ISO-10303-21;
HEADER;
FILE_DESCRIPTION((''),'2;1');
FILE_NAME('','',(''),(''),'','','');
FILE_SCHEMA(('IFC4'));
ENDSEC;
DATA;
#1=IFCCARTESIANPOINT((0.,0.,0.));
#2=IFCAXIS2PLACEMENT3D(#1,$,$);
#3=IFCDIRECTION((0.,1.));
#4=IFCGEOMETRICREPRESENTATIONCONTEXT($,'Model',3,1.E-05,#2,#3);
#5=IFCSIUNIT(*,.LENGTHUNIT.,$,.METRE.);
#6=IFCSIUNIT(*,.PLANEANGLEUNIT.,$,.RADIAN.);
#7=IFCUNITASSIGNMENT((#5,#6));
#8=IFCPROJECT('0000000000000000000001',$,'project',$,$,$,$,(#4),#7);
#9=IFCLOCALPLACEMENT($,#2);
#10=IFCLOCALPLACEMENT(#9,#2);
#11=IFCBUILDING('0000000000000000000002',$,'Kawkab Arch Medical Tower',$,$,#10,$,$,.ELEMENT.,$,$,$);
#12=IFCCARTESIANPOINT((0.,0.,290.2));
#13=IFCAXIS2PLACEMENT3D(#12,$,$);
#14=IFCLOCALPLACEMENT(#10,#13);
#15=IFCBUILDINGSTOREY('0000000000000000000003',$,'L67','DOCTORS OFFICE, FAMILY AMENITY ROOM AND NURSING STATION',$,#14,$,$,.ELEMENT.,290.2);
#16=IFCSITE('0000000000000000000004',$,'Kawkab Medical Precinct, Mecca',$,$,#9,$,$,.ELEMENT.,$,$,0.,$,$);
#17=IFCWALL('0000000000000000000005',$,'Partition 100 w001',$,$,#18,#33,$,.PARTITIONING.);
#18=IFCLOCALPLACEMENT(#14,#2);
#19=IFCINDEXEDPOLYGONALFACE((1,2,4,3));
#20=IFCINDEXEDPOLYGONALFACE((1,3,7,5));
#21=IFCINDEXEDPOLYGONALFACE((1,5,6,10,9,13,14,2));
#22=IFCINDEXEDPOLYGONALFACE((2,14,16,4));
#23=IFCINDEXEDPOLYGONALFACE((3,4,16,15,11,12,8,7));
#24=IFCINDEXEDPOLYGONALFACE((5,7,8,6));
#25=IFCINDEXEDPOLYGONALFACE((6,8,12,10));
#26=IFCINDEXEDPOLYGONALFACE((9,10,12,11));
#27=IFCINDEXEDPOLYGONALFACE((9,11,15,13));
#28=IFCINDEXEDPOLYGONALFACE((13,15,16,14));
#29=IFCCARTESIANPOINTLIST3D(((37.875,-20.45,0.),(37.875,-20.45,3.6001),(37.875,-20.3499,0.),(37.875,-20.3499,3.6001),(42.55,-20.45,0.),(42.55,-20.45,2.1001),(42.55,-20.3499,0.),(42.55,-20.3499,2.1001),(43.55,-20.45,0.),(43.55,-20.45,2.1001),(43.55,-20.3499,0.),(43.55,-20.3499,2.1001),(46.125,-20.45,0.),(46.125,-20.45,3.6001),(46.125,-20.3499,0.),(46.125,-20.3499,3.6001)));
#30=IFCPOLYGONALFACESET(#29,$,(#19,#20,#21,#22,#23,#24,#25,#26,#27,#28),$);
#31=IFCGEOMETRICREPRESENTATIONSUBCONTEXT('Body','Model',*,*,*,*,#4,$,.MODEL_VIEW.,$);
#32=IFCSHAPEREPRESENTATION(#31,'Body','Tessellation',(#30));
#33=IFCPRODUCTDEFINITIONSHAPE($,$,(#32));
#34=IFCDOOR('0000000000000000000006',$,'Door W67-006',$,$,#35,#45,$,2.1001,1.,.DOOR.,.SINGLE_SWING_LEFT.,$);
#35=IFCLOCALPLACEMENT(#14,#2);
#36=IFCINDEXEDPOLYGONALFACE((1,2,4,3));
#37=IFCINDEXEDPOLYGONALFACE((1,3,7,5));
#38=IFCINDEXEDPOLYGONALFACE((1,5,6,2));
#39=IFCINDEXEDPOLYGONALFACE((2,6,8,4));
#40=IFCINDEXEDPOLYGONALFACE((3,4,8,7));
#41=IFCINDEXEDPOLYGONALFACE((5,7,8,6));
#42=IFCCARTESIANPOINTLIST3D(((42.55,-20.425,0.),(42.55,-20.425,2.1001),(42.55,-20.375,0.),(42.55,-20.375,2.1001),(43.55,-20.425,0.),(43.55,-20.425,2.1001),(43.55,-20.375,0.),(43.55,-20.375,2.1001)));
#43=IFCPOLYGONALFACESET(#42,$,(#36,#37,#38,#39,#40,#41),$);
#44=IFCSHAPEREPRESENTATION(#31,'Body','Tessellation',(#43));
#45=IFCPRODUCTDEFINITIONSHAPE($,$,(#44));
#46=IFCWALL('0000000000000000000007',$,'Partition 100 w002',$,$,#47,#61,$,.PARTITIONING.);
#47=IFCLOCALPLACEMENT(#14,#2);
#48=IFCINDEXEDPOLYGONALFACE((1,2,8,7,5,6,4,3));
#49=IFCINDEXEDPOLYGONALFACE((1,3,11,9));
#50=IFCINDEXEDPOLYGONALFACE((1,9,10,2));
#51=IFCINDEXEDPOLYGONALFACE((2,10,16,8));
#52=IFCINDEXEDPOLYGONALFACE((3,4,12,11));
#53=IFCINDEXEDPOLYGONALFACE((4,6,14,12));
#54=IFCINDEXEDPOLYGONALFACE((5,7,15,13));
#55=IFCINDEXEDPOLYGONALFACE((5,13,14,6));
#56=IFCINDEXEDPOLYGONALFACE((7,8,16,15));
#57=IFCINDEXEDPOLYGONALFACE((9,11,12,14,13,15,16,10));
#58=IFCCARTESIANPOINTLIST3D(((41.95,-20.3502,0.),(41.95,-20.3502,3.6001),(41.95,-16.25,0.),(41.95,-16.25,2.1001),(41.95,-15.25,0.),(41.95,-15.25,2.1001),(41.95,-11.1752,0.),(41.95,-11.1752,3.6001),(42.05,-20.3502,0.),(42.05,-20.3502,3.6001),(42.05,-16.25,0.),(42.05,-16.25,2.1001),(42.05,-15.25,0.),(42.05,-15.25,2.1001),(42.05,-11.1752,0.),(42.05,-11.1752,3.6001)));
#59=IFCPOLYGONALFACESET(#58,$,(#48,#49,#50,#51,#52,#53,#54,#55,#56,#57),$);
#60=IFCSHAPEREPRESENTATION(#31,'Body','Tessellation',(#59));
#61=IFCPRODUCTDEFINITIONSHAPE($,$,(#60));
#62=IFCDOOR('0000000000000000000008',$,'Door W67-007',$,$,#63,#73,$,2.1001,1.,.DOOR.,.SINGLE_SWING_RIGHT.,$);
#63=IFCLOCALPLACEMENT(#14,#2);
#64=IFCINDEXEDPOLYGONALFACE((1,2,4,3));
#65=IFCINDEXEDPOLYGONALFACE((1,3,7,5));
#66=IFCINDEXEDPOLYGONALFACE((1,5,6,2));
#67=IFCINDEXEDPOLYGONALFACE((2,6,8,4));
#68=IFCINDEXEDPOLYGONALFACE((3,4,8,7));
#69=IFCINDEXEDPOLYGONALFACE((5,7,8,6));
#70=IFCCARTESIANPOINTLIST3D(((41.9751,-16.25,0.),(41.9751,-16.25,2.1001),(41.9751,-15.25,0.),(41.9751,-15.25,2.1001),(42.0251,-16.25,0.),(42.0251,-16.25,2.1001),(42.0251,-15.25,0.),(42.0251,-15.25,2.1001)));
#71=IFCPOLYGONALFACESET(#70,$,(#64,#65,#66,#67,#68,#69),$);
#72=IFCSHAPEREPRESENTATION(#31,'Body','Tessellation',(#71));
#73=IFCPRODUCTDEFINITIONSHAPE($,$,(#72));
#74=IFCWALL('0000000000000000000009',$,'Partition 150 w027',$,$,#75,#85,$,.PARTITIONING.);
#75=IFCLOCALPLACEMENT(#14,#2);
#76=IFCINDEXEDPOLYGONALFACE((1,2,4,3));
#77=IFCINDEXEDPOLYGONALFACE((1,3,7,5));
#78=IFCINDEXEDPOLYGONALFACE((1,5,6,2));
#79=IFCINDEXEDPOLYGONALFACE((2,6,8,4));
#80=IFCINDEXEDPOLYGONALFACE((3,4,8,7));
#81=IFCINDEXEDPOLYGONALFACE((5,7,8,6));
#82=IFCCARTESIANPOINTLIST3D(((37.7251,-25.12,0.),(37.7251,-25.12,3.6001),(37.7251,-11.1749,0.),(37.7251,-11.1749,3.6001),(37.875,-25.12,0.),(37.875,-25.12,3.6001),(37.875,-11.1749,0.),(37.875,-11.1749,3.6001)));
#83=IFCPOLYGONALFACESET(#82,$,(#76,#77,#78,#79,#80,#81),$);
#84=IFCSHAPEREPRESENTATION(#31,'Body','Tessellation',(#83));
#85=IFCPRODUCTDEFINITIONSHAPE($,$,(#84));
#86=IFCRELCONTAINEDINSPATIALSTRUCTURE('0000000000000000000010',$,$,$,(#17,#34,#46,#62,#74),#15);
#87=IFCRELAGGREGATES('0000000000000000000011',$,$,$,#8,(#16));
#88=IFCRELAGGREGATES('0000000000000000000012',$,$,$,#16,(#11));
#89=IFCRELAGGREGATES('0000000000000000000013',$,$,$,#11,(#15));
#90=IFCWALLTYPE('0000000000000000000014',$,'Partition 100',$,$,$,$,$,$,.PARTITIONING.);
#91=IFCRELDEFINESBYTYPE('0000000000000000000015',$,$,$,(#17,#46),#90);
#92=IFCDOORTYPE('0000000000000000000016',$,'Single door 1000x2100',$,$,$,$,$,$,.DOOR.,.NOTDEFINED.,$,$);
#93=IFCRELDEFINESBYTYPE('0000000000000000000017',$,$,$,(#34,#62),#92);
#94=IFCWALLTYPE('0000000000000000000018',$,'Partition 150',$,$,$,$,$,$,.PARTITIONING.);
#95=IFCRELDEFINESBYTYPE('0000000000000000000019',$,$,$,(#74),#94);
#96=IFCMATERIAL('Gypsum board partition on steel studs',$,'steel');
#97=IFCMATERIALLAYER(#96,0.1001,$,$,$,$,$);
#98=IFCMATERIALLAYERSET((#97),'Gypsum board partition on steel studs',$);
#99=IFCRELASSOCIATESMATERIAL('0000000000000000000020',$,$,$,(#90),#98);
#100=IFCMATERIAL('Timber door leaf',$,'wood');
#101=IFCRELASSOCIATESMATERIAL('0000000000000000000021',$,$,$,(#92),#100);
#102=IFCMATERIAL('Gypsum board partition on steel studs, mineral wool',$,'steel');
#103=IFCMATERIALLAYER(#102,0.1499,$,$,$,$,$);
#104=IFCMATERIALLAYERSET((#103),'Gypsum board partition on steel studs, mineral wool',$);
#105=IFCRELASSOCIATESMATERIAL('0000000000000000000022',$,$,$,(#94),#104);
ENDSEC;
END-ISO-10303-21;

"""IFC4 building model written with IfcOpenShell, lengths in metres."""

from ifc_helpers import new_model, si_unit, direction, frame, frame_2d, origin, place, context, subcontext, project, spatial, rectangle, extrude, material, layer, layer_set, type_object, element, fill, save


model = new_model("IFC4")

# Units and contexts
model_context = context("Model", 3, precision=1e-05, world=origin(), true_north=direction((0.0, 1.0)))
body_context = subcontext(model_context, "Body", "Model", "MODEL_VIEW")
ifc_project = project(units=[si_unit("LENGTHUNIT", "METRE"), si_unit("PLANEANGLEUNIT", "RADIAN")], contexts=[model_context])

# Site, building, storey
site_placement = place(None, origin())
site = spatial("IfcSite", under=ifc_project, at=site_placement, Name="Kawkab Medical Precinct, Mecca", CompositionType="ELEMENT", RefElevation=0.0)
building_placement = place(site_placement, origin())
building = spatial("IfcBuilding", under=site, at=building_placement, Name="Kawkab Arch Medical Tower", CompositionType="ELEMENT")
storey_placement = place(building_placement, frame((0.0, 0.0, 290.2)))
storey = spatial("IfcBuildingStorey", under=building, at=storey_placement, Name="L67", Description="DOCTORS OFFICE, FAMILY AMENITY ROOM AND NURSING STATION", CompositionType="ELEMENT", Elevation=290.2)

# Walls, openings, doors
ifc_material_1 = material(Name="Gypsum board partition on steel studs", Category="steel")
ifc_layer_1 = layer(ifc_material_1, 0.1001)
ifc_layer_set_1 = layer_set([ifc_layer_1], Name="Gypsum board partition on steel studs")
wall_type_1 = type_object("IfcWallType", Name="Partition 100", PredefinedType="PARTITIONING", material=ifc_layer_set_1)
wall_1_placement = place(storey_placement, frame((37.875, -20.3999, 0.0), z_axis=(0.0, 0.0, 1.0), x_axis=(1.0, 0.0, 0.0)))
wall_1 = element("IfcWall", 1, at=wall_1_placement, inside=storey, type_object=wall_type_1, Name="Partition 100 w001", PredefinedType="PARTITIONING", context=body_context, shape_type="SweptSolid", body=[
    extrude(rectangle(XDim=8.25, YDim=0.1001, at=frame_2d((4.125, 0.0))), origin(), (0.0, 0.0, 1.0), 3.6001),
])
opening_1_placement = place(wall_1_placement, frame((4.675, 0.0, 0.0)))
opening_1 = element("IfcOpeningElement", 2, at=opening_1_placement, cuts=wall_1, PredefinedType="OPENING", context=body_context, shape_type="SweptSolid", body=[
    extrude(rectangle(XDim=1.0, YDim=2.1001, at=frame_2d((0.5, 1.05))), frame((0.0, 0.0601, 0.0), z_axis=(0.0, -1.0, 0.0), x_axis=(1.0, 0.0, 0.0)), (0.0, 0.0, 1.0), 0.1201),
])
ifc_material_2 = material(Name="Timber door leaf", Category="wood")
door_type = type_object("IfcDoorType", Name="Single door 1000x2100", OperationType="NOTDEFINED", PredefinedType="DOOR", material=ifc_material_2)
door_1_placement = place(opening_1_placement, origin())
door_1 = element("IfcDoor", 3, at=door_1_placement, inside=storey, type_object=door_type, Name="Door W67-006", OperationType="SINGLE_SWING_LEFT", OverallHeight=2.1001, OverallWidth=1.0, PredefinedType="DOOR", context=body_context, shape_type="SweptSolid", body=[
    extrude(rectangle(XDim=1.0, YDim=2.1001, at=frame_2d((0.5, 1.05))), frame((0.0, 0.0249, 0.0), z_axis=(0.0, -1.0, 0.0), x_axis=(1.0, 0.0, 0.0)), (0.0, 0.0, 1.0), 0.05),
])
fill(opening_1, door_1)
wall_2_placement = place(storey_placement, frame((42.0, -20.3501, 0.0), z_axis=(0.0, 0.0, 1.0), x_axis=(0.0, 1.0, 0.0)))
wall_2 = element("IfcWall", 4, at=wall_2_placement, inside=storey, type_object=wall_type_1, Name="Partition 100 w002", PredefinedType="PARTITIONING", context=body_context, shape_type="SweptSolid", body=[
    extrude(rectangle(XDim=9.175, YDim=0.1001, at=frame_2d((4.5874, 0.0))), origin(), (0.0, 0.0, 1.0), 3.6001),
])
opening_2_placement = place(wall_2_placement, frame((4.1001, 0.0, 0.0)))
opening_2 = element("IfcOpeningElement", 5, at=opening_2_placement, cuts=wall_2, PredefinedType="OPENING", context=body_context, shape_type="SweptSolid", body=[
    extrude(rectangle(XDim=1.0, YDim=2.1001, at=frame_2d((0.5, 1.05))), frame((0.0, 0.0601, 0.0), z_axis=(0.0, -1.0, 0.0), x_axis=(1.0, 0.0, 0.0)), (0.0, 0.0, 1.0), 0.1201),
])
door_2_placement = place(opening_2_placement, origin())
door_2 = element("IfcDoor", 6, at=door_2_placement, inside=storey, type_object=door_type, Name="Door W67-007", OperationType="SINGLE_SWING_RIGHT", OverallHeight=2.1001, OverallWidth=1.0, PredefinedType="DOOR", context=body_context, shape_type="SweptSolid", body=[
    extrude(rectangle(XDim=1.0, YDim=2.1001, at=frame_2d((0.5, 1.05))), frame((0.0, 0.0249, 0.0), z_axis=(0.0, -1.0, 0.0), x_axis=(1.0, 0.0, 0.0)), (0.0, 0.0, 1.0), 0.05),
])
fill(opening_2, door_2)

# Wall
ifc_material_3 = material(Name="Gypsum board partition on steel studs, mineral wool", Category="steel")
ifc_layer_2 = layer(ifc_material_3, 0.1499)
ifc_layer_set_2 = layer_set([ifc_layer_2], Name="Gypsum board partition on steel studs, mineral wool")
wall_type_2 = type_object("IfcWallType", Name="Partition 150", PredefinedType="PARTITIONING", material=ifc_layer_set_2)
wall_3_placement = place(storey_placement, frame((37.8, -25.1201, 0.0), z_axis=(0.0, 0.0, 1.0), x_axis=(0.0, 1.0, 0.0)))
element("IfcWall", 7, at=wall_3_placement, inside=storey, type_object=wall_type_2, Name="Partition 150 w027", PredefinedType="PARTITIONING", context=body_context, shape_type="SweptSolid", body=[
    extrude(rectangle(XDim=13.9451, YDim=0.1499, at=frame_2d((6.9727, 0.0))), origin(), (0.0, 0.0, 1.0), 3.6001),
])

save(model, "model.ifc")
